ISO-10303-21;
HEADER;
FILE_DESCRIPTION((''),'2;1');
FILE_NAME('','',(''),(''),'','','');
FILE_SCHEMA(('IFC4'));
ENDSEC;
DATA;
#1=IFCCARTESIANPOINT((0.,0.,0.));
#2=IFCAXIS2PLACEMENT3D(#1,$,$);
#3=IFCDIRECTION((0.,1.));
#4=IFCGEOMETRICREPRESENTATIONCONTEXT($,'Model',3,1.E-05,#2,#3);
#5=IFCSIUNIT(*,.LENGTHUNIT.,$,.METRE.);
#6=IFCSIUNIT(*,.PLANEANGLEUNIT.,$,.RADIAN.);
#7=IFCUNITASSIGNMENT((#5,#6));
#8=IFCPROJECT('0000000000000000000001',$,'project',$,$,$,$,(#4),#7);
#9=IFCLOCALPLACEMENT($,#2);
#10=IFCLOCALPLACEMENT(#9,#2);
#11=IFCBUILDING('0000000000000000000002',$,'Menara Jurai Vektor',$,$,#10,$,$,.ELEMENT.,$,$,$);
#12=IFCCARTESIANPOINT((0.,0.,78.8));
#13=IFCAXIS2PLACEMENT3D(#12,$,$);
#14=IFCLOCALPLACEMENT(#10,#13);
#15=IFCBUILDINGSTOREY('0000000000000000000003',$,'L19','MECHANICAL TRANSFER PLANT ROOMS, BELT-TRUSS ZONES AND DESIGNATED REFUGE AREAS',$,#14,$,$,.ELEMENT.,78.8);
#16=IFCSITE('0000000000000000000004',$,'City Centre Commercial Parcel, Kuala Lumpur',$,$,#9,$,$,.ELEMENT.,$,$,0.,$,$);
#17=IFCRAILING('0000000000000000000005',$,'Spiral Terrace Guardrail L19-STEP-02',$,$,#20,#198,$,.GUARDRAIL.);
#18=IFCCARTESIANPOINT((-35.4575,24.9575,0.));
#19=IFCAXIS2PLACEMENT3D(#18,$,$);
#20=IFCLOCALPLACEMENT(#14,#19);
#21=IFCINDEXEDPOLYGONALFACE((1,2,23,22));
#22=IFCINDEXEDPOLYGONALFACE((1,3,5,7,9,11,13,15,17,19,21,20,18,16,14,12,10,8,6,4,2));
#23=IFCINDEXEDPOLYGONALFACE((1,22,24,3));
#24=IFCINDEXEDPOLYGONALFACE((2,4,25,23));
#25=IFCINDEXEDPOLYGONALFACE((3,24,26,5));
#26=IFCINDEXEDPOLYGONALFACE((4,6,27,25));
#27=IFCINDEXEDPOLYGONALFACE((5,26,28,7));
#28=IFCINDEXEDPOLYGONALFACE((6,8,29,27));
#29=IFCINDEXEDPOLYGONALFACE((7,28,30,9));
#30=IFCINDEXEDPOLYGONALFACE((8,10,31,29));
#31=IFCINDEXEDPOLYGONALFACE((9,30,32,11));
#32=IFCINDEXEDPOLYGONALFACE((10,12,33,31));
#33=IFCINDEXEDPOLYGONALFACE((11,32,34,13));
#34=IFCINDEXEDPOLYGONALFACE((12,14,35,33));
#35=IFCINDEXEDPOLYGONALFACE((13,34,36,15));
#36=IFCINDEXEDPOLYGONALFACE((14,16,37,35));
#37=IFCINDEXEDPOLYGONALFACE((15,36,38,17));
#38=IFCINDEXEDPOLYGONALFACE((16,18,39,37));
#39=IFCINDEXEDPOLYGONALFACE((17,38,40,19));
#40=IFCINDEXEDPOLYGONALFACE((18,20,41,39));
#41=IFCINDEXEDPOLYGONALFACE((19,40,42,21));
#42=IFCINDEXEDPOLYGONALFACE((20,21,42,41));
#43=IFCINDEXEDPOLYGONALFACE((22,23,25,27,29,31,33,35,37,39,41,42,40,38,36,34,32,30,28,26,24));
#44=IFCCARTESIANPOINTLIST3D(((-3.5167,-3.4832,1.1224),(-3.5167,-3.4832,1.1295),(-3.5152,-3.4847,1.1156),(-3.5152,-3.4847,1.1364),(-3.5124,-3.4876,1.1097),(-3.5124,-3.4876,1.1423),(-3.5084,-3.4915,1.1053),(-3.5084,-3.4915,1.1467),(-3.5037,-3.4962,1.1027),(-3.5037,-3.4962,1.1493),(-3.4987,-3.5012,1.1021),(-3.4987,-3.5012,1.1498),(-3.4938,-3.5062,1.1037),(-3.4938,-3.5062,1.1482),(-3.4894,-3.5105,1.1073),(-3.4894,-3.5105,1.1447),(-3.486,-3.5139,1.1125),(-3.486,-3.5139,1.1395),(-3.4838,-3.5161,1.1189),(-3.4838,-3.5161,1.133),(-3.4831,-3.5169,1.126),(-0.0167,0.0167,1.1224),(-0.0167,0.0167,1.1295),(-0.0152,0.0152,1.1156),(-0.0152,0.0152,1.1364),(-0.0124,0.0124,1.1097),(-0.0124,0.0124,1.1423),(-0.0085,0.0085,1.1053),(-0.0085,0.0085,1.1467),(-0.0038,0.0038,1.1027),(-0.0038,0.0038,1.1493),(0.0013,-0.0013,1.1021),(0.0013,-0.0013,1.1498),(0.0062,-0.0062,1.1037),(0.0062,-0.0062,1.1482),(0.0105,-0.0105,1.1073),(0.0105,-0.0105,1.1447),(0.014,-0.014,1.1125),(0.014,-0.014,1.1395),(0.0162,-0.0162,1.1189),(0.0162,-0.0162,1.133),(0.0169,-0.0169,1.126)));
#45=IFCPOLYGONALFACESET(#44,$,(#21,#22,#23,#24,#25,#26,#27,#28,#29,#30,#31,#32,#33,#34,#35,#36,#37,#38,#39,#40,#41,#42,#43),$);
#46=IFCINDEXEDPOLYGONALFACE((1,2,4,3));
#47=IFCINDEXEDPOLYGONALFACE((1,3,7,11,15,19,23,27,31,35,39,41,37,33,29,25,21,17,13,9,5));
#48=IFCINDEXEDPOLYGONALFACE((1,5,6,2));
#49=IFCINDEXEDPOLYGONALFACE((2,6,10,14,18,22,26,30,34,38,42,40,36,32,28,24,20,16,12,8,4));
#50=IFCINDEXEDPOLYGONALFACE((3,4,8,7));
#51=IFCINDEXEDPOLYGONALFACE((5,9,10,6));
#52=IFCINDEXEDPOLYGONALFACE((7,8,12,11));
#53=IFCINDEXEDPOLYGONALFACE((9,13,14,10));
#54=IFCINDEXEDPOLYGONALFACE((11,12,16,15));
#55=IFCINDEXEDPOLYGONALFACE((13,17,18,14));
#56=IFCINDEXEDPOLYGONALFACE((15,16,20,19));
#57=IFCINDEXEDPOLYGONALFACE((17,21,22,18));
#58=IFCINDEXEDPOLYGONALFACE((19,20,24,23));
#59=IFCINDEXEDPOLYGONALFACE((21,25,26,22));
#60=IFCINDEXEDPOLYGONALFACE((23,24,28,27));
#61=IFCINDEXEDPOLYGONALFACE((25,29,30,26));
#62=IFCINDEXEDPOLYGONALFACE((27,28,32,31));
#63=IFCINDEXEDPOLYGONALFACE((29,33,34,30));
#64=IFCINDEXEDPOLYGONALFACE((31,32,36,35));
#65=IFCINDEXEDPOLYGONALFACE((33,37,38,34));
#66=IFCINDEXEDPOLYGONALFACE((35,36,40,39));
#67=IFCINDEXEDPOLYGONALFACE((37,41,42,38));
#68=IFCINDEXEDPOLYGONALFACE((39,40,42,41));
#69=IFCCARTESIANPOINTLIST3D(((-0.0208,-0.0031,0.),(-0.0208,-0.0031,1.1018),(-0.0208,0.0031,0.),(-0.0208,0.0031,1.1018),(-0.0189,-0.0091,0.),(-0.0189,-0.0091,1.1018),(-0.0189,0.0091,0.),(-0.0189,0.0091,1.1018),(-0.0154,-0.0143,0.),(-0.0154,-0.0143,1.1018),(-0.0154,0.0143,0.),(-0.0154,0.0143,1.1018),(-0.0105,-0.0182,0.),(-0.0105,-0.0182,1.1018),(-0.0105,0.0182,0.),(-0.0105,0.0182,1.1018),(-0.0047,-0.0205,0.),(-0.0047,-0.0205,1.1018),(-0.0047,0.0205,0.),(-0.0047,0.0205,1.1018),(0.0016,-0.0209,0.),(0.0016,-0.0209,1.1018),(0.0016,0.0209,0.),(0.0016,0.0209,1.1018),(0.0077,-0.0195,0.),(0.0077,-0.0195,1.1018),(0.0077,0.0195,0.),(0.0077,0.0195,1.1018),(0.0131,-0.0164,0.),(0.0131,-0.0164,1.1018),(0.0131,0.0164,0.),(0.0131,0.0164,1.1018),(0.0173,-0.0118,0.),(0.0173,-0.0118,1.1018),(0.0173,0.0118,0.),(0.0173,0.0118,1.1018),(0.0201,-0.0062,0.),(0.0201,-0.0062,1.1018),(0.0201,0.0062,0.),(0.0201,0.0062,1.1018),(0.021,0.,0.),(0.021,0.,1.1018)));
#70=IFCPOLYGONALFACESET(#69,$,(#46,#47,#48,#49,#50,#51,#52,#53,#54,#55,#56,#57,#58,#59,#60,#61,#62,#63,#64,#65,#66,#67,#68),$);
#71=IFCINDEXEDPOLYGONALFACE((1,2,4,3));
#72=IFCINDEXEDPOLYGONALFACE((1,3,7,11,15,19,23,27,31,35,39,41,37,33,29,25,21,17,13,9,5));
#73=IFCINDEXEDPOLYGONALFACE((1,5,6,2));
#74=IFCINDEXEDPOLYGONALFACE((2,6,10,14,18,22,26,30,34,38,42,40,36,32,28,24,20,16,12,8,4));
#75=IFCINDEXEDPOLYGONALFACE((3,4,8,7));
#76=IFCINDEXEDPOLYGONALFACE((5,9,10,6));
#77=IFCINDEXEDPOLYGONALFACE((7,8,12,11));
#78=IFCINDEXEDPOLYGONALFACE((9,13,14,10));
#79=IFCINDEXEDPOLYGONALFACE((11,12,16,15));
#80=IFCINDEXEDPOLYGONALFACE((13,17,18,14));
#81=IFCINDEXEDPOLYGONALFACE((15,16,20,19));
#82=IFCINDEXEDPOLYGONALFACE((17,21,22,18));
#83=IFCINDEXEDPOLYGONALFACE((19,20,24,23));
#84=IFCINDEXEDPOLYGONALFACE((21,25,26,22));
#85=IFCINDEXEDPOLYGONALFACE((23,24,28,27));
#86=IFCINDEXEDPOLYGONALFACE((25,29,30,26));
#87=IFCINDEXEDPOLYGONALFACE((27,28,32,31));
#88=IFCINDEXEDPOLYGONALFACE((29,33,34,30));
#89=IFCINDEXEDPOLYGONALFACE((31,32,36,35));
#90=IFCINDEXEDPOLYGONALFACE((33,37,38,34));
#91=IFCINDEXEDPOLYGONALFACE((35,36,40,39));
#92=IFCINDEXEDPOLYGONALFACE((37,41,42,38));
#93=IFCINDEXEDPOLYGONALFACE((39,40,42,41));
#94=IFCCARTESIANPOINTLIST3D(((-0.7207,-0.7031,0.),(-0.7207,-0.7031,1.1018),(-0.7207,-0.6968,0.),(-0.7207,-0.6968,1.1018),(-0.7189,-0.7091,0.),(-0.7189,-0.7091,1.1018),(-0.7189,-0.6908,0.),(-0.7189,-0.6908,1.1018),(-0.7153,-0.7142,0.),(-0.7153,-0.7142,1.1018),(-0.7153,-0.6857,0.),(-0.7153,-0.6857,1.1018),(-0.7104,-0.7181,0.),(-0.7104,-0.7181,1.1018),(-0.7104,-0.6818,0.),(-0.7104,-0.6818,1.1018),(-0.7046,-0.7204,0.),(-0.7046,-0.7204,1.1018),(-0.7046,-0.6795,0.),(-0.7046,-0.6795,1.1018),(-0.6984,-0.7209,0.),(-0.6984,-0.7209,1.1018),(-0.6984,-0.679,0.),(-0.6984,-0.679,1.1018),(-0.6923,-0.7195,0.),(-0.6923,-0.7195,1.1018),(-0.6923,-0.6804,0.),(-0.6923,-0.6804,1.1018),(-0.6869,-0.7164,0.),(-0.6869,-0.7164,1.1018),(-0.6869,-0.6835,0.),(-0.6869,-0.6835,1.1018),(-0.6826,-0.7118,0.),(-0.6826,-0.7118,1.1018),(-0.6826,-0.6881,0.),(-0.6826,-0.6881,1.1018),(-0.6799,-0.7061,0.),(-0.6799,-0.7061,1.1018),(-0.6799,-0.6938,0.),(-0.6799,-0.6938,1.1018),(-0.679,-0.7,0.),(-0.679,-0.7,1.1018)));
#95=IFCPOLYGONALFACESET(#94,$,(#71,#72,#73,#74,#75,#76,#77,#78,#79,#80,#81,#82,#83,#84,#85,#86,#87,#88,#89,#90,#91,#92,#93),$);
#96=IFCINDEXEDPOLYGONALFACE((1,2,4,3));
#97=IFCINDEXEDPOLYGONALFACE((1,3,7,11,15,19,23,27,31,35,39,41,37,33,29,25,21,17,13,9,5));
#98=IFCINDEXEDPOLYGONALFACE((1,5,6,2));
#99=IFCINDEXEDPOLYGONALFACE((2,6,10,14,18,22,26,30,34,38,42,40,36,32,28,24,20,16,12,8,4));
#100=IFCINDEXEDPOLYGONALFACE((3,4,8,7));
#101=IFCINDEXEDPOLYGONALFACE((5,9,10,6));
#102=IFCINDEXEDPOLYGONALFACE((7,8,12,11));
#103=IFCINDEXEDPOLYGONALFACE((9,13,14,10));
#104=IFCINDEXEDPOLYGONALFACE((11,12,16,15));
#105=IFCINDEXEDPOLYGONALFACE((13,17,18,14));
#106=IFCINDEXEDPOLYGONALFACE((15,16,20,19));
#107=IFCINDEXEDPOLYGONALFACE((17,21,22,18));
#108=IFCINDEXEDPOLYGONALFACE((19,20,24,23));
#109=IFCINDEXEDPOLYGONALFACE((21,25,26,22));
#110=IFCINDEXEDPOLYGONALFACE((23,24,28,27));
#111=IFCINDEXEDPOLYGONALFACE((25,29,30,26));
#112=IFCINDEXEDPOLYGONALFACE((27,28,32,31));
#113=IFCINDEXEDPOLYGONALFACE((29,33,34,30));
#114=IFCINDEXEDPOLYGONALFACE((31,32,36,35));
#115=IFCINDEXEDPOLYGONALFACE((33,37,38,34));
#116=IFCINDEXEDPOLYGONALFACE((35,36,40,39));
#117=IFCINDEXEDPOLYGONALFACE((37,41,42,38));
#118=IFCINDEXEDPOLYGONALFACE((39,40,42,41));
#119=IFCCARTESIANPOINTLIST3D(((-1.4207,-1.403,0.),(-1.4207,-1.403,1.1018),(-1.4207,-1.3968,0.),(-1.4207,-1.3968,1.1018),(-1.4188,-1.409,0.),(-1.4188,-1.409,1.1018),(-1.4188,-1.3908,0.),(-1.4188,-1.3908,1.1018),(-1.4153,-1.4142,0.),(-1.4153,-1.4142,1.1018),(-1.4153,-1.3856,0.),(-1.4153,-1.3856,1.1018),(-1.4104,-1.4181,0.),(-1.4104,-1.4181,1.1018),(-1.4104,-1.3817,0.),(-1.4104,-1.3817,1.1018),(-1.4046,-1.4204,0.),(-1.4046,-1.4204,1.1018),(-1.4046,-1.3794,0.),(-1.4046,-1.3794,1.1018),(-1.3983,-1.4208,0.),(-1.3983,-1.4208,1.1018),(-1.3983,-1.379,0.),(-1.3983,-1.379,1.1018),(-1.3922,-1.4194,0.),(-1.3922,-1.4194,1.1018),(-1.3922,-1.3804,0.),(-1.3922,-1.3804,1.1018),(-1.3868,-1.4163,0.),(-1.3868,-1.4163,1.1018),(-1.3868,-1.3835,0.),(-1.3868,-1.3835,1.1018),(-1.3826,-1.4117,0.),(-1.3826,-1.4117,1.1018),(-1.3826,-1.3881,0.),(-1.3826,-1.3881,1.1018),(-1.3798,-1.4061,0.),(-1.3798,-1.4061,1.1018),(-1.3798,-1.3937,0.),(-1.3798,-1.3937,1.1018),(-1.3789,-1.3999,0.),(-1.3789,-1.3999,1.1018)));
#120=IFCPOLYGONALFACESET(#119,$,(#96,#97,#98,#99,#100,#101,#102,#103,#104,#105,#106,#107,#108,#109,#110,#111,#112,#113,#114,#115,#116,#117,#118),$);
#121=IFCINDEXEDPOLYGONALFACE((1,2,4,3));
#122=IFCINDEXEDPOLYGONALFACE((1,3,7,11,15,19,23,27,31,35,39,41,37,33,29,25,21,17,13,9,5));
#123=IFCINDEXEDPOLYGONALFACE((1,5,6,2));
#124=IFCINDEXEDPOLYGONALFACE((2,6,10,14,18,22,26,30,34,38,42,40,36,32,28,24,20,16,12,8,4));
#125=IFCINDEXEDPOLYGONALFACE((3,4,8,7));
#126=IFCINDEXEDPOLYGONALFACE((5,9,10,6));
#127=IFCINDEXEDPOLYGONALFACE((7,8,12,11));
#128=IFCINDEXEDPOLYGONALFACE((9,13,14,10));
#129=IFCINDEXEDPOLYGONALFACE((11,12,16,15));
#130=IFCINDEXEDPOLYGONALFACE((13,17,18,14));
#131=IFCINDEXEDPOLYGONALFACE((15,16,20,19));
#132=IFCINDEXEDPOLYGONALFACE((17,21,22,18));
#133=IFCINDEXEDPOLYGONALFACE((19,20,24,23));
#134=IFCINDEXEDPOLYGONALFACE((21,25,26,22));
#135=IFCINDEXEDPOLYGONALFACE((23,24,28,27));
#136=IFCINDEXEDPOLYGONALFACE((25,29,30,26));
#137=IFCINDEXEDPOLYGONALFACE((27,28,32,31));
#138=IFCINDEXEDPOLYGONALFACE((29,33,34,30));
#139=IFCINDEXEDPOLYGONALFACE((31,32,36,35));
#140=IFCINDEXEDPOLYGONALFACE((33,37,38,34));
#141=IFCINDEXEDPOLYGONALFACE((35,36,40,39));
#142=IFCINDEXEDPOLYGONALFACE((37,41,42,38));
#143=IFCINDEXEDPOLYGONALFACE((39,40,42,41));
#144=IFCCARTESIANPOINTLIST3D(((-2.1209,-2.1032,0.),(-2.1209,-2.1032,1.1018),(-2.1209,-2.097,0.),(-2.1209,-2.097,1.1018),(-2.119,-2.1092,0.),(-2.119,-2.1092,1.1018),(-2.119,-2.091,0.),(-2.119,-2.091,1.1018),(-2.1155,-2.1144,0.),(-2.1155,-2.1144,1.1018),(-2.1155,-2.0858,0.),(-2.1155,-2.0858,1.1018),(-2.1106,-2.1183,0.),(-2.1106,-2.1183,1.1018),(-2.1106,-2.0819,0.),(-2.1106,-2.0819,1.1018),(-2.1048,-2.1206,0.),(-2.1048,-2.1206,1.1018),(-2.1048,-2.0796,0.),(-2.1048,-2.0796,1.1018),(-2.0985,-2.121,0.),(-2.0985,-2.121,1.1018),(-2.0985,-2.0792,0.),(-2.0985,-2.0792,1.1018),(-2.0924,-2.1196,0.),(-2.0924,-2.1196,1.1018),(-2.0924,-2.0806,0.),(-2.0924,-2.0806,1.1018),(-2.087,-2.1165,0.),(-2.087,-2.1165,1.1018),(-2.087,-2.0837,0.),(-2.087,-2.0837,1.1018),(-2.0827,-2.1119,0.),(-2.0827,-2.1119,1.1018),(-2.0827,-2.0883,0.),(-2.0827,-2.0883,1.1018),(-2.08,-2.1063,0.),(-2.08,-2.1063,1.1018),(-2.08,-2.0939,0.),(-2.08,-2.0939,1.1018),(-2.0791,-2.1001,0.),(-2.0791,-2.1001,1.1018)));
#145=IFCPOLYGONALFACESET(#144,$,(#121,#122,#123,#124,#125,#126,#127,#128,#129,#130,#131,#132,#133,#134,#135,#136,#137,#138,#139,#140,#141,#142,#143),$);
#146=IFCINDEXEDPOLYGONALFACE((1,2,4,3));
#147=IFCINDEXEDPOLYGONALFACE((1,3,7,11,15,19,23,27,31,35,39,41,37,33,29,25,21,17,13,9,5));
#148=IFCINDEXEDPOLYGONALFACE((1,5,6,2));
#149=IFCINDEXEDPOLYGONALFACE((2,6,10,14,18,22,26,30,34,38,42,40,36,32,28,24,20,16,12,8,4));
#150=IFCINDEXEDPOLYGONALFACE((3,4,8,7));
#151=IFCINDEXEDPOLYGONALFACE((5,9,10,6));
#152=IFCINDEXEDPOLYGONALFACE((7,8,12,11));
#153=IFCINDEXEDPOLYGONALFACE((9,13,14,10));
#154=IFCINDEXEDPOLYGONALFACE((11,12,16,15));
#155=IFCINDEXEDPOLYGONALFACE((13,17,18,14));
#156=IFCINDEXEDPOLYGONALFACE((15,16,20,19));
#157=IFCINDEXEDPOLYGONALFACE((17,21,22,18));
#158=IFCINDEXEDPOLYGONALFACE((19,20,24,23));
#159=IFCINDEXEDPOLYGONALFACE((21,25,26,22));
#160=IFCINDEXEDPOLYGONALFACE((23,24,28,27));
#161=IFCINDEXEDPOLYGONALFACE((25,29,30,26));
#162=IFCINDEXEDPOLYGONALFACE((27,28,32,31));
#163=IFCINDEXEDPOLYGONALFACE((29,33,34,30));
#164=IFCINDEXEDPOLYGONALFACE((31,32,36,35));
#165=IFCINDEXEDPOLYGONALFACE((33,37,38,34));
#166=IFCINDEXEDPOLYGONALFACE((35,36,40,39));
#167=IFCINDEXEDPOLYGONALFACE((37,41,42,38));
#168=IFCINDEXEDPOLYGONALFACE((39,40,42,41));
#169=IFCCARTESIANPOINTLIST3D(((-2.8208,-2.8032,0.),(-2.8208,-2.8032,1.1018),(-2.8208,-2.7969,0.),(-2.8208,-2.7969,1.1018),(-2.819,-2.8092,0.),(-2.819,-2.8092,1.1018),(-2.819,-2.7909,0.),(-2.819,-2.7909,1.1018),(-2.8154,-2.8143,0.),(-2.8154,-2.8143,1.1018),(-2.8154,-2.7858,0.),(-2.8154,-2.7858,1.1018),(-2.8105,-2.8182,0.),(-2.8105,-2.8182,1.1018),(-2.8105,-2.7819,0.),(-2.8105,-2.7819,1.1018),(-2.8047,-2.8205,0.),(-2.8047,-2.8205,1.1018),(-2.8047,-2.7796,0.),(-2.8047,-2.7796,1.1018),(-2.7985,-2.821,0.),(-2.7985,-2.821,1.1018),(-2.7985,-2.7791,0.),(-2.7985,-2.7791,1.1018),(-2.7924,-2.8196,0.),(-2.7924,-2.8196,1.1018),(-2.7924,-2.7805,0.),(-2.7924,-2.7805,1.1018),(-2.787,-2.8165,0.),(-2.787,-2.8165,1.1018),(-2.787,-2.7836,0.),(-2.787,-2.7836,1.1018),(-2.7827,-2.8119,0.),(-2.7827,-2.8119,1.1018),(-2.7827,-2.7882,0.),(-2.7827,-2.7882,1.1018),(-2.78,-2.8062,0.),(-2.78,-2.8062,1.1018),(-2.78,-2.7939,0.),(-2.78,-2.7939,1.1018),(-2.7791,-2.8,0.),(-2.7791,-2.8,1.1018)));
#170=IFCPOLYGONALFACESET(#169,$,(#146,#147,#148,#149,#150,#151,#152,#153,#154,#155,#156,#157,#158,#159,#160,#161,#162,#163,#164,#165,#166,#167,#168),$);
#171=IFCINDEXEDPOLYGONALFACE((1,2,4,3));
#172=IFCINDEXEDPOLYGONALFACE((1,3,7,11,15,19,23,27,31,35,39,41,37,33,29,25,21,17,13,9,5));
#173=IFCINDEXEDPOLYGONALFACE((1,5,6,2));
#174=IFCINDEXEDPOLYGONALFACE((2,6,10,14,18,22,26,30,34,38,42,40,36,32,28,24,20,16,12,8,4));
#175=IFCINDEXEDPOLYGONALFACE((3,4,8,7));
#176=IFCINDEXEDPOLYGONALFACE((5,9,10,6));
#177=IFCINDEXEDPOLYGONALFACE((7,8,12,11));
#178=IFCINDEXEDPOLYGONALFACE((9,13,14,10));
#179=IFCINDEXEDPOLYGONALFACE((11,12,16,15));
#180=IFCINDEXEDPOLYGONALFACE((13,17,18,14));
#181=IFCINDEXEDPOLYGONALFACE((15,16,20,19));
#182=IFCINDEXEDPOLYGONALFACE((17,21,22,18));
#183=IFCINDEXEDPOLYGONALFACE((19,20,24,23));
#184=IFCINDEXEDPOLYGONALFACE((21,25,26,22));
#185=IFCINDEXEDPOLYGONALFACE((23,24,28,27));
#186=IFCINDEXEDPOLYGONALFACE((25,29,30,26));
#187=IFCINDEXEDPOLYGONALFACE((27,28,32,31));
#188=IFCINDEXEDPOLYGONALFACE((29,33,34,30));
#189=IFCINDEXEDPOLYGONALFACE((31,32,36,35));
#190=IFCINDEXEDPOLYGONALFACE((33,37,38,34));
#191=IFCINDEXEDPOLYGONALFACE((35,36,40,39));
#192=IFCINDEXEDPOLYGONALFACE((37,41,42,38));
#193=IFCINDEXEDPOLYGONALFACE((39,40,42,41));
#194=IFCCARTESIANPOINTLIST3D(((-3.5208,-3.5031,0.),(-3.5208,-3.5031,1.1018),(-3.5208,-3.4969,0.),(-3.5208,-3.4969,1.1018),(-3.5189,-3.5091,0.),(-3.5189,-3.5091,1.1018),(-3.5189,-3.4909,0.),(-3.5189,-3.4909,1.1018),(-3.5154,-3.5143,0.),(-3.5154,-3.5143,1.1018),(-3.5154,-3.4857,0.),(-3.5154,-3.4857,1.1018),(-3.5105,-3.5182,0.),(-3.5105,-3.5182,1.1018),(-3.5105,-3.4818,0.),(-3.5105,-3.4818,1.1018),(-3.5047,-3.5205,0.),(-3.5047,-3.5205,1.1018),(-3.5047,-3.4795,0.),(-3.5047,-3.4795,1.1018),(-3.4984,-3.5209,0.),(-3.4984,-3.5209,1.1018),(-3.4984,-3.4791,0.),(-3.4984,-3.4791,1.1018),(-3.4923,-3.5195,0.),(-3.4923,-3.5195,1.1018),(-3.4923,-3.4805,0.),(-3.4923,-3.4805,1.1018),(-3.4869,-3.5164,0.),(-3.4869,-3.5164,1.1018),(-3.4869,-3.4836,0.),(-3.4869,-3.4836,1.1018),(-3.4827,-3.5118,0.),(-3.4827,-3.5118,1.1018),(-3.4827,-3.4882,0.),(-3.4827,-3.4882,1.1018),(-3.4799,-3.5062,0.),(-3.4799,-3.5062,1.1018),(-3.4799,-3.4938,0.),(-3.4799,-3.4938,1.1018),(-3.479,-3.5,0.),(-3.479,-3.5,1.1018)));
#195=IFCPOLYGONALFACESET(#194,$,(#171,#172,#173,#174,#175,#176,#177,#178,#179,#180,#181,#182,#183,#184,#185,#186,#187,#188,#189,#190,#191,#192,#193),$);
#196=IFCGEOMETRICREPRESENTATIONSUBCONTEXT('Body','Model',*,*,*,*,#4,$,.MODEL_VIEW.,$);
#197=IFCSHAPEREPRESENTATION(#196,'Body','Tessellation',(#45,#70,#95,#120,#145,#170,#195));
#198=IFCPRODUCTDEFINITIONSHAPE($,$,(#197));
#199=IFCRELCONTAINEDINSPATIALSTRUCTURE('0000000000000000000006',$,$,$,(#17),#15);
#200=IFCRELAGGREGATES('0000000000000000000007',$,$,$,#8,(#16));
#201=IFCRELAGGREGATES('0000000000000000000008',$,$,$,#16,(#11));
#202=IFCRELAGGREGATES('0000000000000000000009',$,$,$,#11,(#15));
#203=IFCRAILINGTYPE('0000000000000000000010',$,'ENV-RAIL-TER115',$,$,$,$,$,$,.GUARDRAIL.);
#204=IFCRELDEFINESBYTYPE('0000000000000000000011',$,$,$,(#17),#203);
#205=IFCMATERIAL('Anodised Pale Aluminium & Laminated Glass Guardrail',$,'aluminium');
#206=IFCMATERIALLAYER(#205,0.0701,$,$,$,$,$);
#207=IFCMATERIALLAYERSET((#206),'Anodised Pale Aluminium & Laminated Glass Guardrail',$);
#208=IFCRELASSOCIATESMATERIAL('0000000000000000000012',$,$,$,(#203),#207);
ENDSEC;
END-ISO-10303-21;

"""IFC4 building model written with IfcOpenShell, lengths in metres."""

from ifc_helpers import new_model, si_unit, direction, frame, origin, origin_2d, place, context, subcontext, project, spatial, circle, extrude, material, layer, layer_set, type_object, element, save


model = new_model("IFC4")

# Units and contexts
model_context = context("Model", 3, precision=1e-05, world=origin(), true_north=direction((0.0, 1.0)))
body_context = subcontext(model_context, "Body", "Model", "MODEL_VIEW")
ifc_project = project(units=[si_unit("LENGTHUNIT", "METRE"), si_unit("PLANEANGLEUNIT", "RADIAN")], contexts=[model_context])

# Site, building, storey
site_placement = place(None, origin())
site = spatial("IfcSite", under=ifc_project, at=site_placement, Name="City Centre Commercial Parcel, Kuala Lumpur", CompositionType="ELEMENT", RefElevation=0.0)
building_placement = place(site_placement, origin())
building = spatial("IfcBuilding", under=site, at=building_placement, Name="Menara Jurai Vektor", CompositionType="ELEMENT")
storey_placement = place(building_placement, frame((0.0, 0.0, 78.8)))
storey = spatial("IfcBuildingStorey", under=building, at=storey_placement, Name="L19", Description="MECHANICAL TRANSFER PLANT ROOMS, BELT-TRUSS ZONES AND DESIGNATED REFUGE AREAS", CompositionType="ELEMENT", Elevation=78.8)

# Railing
ifc_material_1 = material(Name="Anodised Pale Aluminium & Laminated Glass Guardrail", Category="aluminium")
ifc_layer_1 = layer(ifc_material_1, 0.0701)
ifc_layer_set_1 = layer_set([ifc_layer_1], Name="Anodised Pale Aluminium & Laminated Glass Guardrail")
railing_type = type_object("IfcRailingType", Name="ENV-RAIL-TER115", PredefinedType="GUARDRAIL", material=ifc_layer_set_1)
railing_1_placement = place(storey_placement, frame((-35.4575, 24.9575, 0.0)))
element("IfcRailing", 1, at=railing_1_placement, inside=storey, type_object=railing_type, Name="Spiral Terrace Guardrail L19-STEP-02", PredefinedType="GUARDRAIL", context=body_context, shape_type="SweptSolid", body=[
    extrude(circle(Radius=0.0239, at=origin_2d()), frame((0.0, 0.0, 1.126), z_axis=(-0.707107, -0.707107, 0.0), x_axis=(0.707107, -0.707107, 0.0)), (0.0, 0.0, 1.0), 4.9497),
    extrude(circle(Radius=0.021, at=origin_2d()), origin(), (0.0, 0.0, 1.0), 1.1018),
    extrude(circle(Radius=0.021, at=origin_2d()), frame((-0.7, -0.7, 0.0)), (0.0, 0.0, 1.0), 1.1018),
    extrude(circle(Radius=0.021, at=origin_2d()), frame((-1.3999, -1.3999, 0.0)), (0.0, 0.0, 1.0), 1.1018),
    extrude(circle(Radius=0.021, at=origin_2d()), frame((-2.1001, -2.1001, 0.0)), (0.0, 0.0, 1.0), 1.1018),
    extrude(circle(Radius=0.021, at=origin_2d()), frame((-2.8, -2.8, 0.0)), (0.0, 0.0, 1.0), 1.1018),
    extrude(circle(Radius=0.021, at=origin_2d()), frame((-3.5, -3.5, 0.0)), (0.0, 0.0, 1.0), 1.1018),
])

save(model, "model.ifc")
